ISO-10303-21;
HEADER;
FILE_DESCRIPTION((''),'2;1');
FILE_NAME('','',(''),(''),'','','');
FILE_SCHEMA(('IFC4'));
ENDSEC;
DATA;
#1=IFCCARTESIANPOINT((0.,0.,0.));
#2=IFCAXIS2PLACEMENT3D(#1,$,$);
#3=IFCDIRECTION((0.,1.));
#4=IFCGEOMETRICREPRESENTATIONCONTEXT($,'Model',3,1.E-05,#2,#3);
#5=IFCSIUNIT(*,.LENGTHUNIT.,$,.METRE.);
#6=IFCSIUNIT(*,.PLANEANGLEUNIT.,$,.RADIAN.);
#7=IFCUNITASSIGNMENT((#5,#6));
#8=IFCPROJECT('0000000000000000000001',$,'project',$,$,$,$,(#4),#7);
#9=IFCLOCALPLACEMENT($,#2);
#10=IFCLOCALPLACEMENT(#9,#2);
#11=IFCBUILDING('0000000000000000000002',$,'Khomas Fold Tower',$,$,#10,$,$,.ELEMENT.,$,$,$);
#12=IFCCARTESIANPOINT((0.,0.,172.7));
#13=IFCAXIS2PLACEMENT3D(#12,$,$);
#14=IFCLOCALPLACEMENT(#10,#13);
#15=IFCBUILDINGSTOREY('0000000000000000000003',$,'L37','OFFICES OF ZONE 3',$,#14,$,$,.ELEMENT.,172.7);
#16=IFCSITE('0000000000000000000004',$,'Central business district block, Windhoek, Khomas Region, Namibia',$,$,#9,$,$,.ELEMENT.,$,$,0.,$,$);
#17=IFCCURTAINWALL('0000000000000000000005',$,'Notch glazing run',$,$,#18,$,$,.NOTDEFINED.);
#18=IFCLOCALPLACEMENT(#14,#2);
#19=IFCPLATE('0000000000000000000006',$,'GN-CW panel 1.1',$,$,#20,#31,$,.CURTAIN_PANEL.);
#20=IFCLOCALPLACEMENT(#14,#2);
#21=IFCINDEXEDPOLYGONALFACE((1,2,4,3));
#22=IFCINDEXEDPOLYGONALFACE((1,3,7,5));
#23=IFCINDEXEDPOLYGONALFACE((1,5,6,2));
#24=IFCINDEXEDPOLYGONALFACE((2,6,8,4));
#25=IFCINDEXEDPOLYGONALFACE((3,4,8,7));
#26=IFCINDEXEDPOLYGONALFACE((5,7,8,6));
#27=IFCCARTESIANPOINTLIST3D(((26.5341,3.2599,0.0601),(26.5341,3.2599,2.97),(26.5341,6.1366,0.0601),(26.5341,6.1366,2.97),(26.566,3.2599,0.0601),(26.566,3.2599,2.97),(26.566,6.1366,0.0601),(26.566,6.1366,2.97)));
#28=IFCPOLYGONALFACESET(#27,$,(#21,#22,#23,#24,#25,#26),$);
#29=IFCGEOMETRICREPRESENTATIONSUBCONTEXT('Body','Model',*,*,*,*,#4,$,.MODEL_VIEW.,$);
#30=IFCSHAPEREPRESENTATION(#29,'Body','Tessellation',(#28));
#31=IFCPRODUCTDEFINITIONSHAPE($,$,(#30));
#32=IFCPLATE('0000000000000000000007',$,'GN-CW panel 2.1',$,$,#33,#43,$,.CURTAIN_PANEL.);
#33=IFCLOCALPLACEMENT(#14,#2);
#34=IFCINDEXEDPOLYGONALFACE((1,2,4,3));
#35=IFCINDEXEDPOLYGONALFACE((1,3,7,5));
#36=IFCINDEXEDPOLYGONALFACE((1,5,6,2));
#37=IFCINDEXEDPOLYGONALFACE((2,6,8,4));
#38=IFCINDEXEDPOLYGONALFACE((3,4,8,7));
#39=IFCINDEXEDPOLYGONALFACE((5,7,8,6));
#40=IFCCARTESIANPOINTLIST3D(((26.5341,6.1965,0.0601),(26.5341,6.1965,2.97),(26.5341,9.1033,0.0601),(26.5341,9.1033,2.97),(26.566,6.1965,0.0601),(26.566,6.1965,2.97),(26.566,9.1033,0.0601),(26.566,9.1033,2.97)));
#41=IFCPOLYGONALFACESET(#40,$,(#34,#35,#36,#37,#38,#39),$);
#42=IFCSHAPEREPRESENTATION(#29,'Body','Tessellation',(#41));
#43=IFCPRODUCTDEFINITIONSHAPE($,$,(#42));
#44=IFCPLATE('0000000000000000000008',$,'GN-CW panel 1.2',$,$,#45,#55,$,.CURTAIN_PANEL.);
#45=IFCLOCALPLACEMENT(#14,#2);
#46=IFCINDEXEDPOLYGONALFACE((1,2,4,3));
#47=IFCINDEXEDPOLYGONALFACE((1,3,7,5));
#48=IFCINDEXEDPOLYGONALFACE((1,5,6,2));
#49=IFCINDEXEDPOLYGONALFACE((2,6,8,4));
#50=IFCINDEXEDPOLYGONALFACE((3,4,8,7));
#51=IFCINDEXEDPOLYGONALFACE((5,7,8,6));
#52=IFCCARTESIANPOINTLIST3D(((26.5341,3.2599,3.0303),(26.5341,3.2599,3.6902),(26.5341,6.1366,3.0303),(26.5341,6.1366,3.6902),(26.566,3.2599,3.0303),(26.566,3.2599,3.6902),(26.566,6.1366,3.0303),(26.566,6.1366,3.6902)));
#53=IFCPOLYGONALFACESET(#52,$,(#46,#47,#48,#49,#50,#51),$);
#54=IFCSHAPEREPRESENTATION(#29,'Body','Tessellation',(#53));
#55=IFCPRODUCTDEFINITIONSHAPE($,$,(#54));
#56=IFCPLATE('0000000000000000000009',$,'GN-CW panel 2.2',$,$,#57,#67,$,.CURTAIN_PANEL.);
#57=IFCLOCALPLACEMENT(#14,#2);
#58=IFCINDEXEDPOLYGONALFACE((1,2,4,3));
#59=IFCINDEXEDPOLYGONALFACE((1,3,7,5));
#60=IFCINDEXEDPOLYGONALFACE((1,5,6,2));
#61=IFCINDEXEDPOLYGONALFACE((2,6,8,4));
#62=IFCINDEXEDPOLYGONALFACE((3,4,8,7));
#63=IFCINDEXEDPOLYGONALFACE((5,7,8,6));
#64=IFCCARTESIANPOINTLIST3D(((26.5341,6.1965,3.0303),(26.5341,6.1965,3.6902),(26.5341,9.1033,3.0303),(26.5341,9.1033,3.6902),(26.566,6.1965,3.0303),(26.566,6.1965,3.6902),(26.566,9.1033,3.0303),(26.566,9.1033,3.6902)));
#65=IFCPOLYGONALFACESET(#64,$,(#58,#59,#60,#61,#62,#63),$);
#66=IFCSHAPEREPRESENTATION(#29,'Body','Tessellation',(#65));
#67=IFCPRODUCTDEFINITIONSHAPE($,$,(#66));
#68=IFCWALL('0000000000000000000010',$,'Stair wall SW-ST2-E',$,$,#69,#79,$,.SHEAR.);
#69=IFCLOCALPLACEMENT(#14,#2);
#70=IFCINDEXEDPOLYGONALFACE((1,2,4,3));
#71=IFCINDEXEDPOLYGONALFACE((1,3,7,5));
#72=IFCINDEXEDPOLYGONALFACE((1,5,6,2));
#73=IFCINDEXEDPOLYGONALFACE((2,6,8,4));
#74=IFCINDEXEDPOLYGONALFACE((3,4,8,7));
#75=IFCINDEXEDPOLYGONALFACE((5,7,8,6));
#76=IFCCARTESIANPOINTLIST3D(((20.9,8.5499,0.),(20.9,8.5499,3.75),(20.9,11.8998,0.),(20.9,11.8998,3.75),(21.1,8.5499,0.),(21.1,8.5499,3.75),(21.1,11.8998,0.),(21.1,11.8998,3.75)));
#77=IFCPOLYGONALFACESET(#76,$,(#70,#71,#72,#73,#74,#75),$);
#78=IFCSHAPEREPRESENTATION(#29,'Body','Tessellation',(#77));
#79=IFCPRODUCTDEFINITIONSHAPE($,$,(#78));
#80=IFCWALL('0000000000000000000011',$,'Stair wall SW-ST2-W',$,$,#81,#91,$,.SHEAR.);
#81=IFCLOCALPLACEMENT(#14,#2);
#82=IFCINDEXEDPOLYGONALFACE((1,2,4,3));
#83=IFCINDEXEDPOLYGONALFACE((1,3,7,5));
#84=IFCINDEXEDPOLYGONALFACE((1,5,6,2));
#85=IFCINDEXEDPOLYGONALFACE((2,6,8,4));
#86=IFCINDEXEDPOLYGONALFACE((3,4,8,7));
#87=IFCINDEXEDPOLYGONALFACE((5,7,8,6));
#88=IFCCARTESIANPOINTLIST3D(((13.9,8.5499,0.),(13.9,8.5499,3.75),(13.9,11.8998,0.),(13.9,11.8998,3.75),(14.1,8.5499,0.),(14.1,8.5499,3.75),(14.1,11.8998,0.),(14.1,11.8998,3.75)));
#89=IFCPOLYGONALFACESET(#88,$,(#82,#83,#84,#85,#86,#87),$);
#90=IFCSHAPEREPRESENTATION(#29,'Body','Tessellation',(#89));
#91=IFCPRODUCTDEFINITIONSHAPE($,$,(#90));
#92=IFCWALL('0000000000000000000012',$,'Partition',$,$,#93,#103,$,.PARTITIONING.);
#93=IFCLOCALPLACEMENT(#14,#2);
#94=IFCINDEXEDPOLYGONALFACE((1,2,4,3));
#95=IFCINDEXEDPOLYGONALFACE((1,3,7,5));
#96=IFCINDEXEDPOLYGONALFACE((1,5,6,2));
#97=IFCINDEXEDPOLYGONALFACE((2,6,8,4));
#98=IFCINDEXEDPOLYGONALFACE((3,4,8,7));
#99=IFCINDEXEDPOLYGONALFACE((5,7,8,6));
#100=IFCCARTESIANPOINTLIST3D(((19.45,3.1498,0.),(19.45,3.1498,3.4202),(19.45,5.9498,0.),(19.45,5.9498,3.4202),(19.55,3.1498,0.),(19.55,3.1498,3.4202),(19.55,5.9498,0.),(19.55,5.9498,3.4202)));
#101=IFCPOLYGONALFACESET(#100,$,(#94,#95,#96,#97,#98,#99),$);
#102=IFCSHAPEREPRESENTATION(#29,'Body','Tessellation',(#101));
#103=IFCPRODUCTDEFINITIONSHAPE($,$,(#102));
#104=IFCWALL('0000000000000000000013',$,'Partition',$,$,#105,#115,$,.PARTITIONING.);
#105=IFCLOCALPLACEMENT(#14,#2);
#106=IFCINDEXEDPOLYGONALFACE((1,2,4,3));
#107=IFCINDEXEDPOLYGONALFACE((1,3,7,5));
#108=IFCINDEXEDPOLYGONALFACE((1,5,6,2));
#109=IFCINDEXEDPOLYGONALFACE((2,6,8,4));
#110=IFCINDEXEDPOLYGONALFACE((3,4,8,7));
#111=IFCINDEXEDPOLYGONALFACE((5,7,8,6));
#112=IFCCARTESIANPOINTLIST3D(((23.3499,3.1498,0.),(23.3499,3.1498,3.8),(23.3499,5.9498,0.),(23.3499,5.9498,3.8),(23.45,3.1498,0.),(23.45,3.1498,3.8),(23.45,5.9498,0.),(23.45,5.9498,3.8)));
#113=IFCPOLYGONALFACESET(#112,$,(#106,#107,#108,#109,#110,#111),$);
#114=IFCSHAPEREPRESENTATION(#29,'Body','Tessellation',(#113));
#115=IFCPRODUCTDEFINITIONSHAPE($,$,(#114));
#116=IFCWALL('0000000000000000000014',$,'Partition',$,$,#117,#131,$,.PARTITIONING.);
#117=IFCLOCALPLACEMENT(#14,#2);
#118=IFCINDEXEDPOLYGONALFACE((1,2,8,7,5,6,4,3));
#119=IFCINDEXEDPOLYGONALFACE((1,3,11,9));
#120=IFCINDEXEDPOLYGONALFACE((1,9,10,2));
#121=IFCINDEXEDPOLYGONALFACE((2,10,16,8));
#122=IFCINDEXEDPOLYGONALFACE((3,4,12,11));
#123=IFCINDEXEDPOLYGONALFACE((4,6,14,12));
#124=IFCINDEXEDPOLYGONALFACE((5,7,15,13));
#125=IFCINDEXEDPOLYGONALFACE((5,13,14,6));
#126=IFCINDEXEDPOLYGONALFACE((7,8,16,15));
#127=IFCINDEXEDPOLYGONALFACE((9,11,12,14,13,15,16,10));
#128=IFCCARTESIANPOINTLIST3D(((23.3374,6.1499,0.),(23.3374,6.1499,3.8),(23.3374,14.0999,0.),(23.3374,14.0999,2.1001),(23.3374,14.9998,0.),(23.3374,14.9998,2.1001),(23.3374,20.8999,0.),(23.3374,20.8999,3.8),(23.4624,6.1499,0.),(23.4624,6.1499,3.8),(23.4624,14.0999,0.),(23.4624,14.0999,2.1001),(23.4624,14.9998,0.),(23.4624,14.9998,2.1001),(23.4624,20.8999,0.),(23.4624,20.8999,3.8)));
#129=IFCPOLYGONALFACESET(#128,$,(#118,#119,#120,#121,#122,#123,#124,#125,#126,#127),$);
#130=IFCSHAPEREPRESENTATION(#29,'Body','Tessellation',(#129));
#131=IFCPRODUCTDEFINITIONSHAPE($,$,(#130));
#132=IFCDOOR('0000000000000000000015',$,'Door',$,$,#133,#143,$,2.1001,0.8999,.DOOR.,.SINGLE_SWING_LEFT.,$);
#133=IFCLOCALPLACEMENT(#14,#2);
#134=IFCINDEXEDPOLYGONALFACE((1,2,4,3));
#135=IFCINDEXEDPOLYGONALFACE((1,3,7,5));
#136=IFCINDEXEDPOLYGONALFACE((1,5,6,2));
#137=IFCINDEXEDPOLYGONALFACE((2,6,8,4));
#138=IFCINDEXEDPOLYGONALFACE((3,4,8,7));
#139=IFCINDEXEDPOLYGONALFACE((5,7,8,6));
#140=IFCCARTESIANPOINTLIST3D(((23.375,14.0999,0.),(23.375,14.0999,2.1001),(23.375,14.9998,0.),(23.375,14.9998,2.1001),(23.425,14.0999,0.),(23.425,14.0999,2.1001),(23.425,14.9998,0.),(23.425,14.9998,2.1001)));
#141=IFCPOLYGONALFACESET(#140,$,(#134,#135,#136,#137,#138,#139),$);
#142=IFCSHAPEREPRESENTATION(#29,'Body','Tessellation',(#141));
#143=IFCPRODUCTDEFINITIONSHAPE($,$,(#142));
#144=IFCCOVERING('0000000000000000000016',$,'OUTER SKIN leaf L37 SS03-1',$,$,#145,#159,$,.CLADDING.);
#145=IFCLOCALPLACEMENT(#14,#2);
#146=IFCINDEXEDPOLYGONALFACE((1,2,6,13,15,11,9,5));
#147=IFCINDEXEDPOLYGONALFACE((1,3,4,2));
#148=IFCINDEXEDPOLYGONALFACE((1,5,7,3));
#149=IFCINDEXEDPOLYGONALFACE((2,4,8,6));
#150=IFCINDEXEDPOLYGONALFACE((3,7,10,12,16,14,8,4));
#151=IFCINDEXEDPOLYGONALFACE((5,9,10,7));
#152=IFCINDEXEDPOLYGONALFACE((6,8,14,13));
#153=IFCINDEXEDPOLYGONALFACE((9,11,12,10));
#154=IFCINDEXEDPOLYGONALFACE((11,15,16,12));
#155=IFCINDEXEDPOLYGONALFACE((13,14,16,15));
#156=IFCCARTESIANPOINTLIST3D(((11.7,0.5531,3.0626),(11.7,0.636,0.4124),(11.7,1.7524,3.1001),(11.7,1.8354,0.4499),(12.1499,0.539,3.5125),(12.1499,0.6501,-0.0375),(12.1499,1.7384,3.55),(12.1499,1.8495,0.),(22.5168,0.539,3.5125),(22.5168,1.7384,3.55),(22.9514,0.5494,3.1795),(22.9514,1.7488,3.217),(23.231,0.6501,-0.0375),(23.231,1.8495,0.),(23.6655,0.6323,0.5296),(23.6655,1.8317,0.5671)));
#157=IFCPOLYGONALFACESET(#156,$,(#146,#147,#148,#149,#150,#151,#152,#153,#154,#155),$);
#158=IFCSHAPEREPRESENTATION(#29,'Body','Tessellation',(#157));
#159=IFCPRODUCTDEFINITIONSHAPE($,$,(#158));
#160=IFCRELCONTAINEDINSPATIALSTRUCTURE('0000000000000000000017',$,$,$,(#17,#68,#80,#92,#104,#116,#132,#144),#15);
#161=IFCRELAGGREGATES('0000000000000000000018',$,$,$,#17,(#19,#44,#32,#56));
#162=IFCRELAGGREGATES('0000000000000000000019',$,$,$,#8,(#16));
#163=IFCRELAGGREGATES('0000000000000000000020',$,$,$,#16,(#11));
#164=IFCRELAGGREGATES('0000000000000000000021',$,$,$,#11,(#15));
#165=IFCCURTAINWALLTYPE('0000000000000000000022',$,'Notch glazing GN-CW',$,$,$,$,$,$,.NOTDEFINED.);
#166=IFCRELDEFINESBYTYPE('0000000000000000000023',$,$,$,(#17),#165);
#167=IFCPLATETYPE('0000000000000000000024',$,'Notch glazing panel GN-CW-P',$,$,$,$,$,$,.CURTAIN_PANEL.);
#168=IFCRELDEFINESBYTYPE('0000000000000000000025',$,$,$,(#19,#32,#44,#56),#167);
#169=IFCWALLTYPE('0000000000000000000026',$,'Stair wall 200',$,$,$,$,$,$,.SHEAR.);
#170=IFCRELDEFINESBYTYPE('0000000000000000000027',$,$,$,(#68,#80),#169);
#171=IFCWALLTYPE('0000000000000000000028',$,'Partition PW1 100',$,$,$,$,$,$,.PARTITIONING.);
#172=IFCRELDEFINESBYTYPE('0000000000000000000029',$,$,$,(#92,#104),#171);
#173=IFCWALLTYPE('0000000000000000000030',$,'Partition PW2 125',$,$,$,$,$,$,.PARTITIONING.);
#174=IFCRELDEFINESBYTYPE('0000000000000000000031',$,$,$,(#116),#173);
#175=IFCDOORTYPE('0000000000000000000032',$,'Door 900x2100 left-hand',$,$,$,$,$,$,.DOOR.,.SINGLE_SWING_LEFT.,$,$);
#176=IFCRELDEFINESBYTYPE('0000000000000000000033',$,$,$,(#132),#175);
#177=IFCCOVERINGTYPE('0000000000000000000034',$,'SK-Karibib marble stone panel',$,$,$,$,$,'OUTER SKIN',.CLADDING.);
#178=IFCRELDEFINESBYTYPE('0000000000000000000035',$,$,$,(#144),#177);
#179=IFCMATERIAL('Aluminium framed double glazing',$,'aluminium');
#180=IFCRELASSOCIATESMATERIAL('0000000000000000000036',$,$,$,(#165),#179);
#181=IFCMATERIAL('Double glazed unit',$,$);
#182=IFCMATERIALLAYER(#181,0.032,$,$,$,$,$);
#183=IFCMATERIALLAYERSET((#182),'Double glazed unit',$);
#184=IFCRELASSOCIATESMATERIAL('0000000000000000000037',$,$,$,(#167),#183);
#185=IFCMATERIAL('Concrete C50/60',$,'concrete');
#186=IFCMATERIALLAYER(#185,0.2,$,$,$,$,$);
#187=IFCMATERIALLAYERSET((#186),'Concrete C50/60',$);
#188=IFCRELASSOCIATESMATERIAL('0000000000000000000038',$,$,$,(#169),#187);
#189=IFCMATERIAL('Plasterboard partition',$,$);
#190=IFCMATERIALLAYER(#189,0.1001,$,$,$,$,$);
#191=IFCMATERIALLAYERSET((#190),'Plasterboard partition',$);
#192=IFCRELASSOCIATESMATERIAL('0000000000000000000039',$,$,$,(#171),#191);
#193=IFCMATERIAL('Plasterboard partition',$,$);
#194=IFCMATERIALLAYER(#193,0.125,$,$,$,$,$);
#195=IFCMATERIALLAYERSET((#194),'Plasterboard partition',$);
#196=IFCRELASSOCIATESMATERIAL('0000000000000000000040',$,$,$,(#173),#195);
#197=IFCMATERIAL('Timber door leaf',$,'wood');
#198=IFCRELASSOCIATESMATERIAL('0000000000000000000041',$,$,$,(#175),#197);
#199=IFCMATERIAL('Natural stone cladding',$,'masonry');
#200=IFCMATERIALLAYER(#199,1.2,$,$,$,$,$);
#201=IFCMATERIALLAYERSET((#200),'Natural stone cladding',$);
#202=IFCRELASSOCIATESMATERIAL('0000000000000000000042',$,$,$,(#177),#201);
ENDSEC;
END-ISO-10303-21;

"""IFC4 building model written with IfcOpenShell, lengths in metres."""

from ifc_helpers import new_model, si_unit, direction, frame, frame_2d, origin, origin_2d, place, context, subcontext, project, spatial, polyline, rectangle, outline, extrude, source, transform, mapped, material, layer, layer_set, type_object, element, fill, aggregate, save


model = new_model("IFC4")

# Units and contexts
model_context = context("Model", 3, precision=1e-05, world=origin(), true_north=direction((0.0, 1.0)))
body_context = subcontext(model_context, "Body", "Model", "MODEL_VIEW")
ifc_project = project(units=[si_unit("LENGTHUNIT", "METRE"), si_unit("PLANEANGLEUNIT", "RADIAN")], contexts=[model_context])

# Site, building, storey
site_placement = place(None, origin())
site = spatial("IfcSite", under=ifc_project, at=site_placement, Name="Central business district block, Windhoek, Khomas Region, Namibia", CompositionType="ELEMENT", RefElevation=0.0)
building_placement = place(site_placement, origin())
building = spatial("IfcBuilding", under=site, at=building_placement, Name="Khomas Fold Tower", CompositionType="ELEMENT")
storey_placement = place(building_placement, frame((0.0, 0.0, 172.7)))
storey = spatial("IfcBuildingStorey", under=building, at=storey_placement, Name="L37", Description="OFFICES OF ZONE 3", CompositionType="ELEMENT", Elevation=172.7)

# Curtain wall
ifc_material_1 = material(Name="Aluminium framed double glazing", Category="aluminium")
curtain_wall_type_1 = type_object("IfcCurtainWallType", Name="Notch glazing GN-CW", PredefinedType="NOTDEFINED", material=ifc_material_1)
curtain_wall_1_placement = place(storey_placement, origin())
curtain_wall_1 = element("IfcCurtainWall", 1, at=curtain_wall_1_placement, inside=storey, type_object=curtain_wall_type_1, Name="Notch glazing run", PredefinedType="NOTDEFINED")

# Plates
ifc_material_2 = material(Name="Double glazed unit")
ifc_layer_1 = layer(ifc_material_2, 0.032)
ifc_layer_set_1 = layer_set([ifc_layer_1], Name="Double glazed unit")
plate_type_1 = type_object("IfcPlateType", Name="Notch glazing panel GN-CW-P", PredefinedType="CURTAIN_PANEL", material=ifc_layer_set_1)
shared_shape_1 = source(origin(), body_context, "Body", "SweptSolid", [
    extrude(rectangle(XDim=2.8767, YDim=0.032, at=origin_2d()), origin(), (0.0, 0.0, 1.0), 2.9099),
])
plate_1_placement = place(storey_placement, frame((26.55, 4.6982, 0.0601), z_axis=(0.0, 0.0, 1.0), x_axis=(0.0, 1.0, 0.0)))
plate_1 = element("IfcPlate", 2, at=plate_1_placement, type_object=plate_type_1, Name="GN-CW panel 1.1", PredefinedType="CURTAIN_PANEL", context=body_context, shape_type="MappedRepresentation", body=[
    mapped(shared_shape_1, transform((0.0, 0.0, 0.0))),
])
shared_shape_2 = source(origin(), body_context, "Body", "SweptSolid", [
    extrude(rectangle(XDim=2.9067, YDim=0.032, at=origin_2d()), origin(), (0.0, 0.0, 1.0), 2.9099),
])
plate_2_placement = place(storey_placement, frame((26.55, 7.6499, 0.0601), z_axis=(0.0, 0.0, 1.0), x_axis=(0.0, 1.0, 0.0)))
plate_2 = element("IfcPlate", 3, at=plate_2_placement, type_object=plate_type_1, Name="GN-CW panel 2.1", PredefinedType="CURTAIN_PANEL", context=body_context, shape_type="MappedRepresentation", body=[
    mapped(shared_shape_2, transform((0.0, 0.0, 0.0))),
])
shared_shape_3 = source(origin(), body_context, "Body", "SweptSolid", [
    extrude(rectangle(XDim=2.8767, YDim=0.032, at=origin_2d()), origin(), (0.0, 0.0, 1.0), 0.6599),
])
plate_3_placement = place(storey_placement, frame((26.55, 4.6982, 3.0303), z_axis=(0.0, 0.0, 1.0), x_axis=(0.0, 1.0, 0.0)))
plate_3 = element("IfcPlate", 4, at=plate_3_placement, type_object=plate_type_1, Name="GN-CW panel 1.2", PredefinedType="CURTAIN_PANEL", context=body_context, shape_type="MappedRepresentation", body=[
    mapped(shared_shape_3, transform((0.0, 0.0, 0.0))),
])
shared_shape_4 = source(origin(), body_context, "Body", "SweptSolid", [
    extrude(rectangle(XDim=2.9067, YDim=0.032, at=origin_2d()), origin(), (0.0, 0.0, 1.0), 0.6599),
])
plate_4_placement = place(storey_placement, frame((26.55, 7.6499, 3.0303), z_axis=(0.0, 0.0, 1.0), x_axis=(0.0, 1.0, 0.0)))
plate_4 = element("IfcPlate", 5, at=plate_4_placement, type_object=plate_type_1, Name="GN-CW panel 2.2", PredefinedType="CURTAIN_PANEL", context=body_context, shape_type="MappedRepresentation", body=[
    mapped(shared_shape_4, transform((0.0, 0.0, 0.0))),
])
aggregate(curtain_wall_1, [plate_1, plate_3, plate_2, plate_4])

# Walls
ifc_material_3 = material(Name="Concrete C50/60", Category="concrete")
ifc_layer_2 = layer(ifc_material_3, 0.2)
ifc_layer_set_2 = layer_set([ifc_layer_2], Name="Concrete C50/60")
wall_type_1 = type_object("IfcWallType", Name="Stair wall 200", PredefinedType="SHEAR", material=ifc_layer_set_2)
shared_shape_5 = source(origin(), body_context, "Body", "SweptSolid", [
    extrude(rectangle(XDim=3.3499, YDim=0.2, at=frame_2d((1.6748, 0.0))), origin(), (0.0, 0.0, 1.0), 3.75),
])
for number, where, z_axis, x_axis, name in (
    (6, (21.0, 8.55, 0.0), (0.0, 0.0, 1.0), (0.0, 1.0, 0.0), "Stair wall SW-ST2-E"),
    (7, (14.0, 8.55, 0.0), (0.0, 0.0, 1.0), (0.0, 1.0, 0.0), "Stair wall SW-ST2-W"),
):
    element("IfcWall", number, at=place(storey_placement, frame(where, z_axis=z_axis, x_axis=x_axis)), inside=storey, type_object=wall_type_1, Name=name, PredefinedType="SHEAR", context=body_context, shape_type="MappedRepresentation", body=[
        mapped(shared_shape_5, transform((0.0, 0.0, 0.0))),
    ])
ifc_material_4 = material(Name="Plasterboard partition")
ifc_layer_3 = layer(ifc_material_4, 0.1001)
ifc_layer_set_3 = layer_set([ifc_layer_3], Name="Plasterboard partition")
wall_type_2 = type_object("IfcWallType", Name="Partition PW1 100", PredefinedType="PARTITIONING", material=ifc_layer_set_3)
shared_shape_6 = source(origin(), body_context, "Body", "SweptSolid", [
    extrude(rectangle(XDim=2.8, YDim=0.1001, at=frame_2d((1.3999, 0.0))), origin(), (0.0, 0.0, 1.0), 3.4202),
])
wall_1_placement = place(storey_placement, frame((19.5, 3.1499, 0.0), z_axis=(0.0, 0.0, 1.0), x_axis=(0.0, 1.0, 0.0)))
element("IfcWall", 8, at=wall_1_placement, inside=storey, type_object=wall_type_2, Name="Partition", PredefinedType="PARTITIONING", context=body_context, shape_type="MappedRepresentation", body=[
    mapped(shared_shape_6, transform((0.0, 0.0, 0.0))),
])
shared_shape_7 = source(origin(), body_context, "Body", "SweptSolid", [
    extrude(rectangle(XDim=2.8, YDim=0.1001, at=frame_2d((1.3999, 0.0))), origin(), (0.0, 0.0, 1.0), 3.8),
])
wall_2_placement = place(storey_placement, frame((23.3999, 3.1499, 0.0), z_axis=(0.0, 0.0, 1.0), x_axis=(0.0, 1.0, 0.0)))
element("IfcWall", 9, at=wall_2_placement, inside=storey, type_object=wall_type_2, Name="Partition", PredefinedType="PARTITIONING", context=body_context, shape_type="MappedRepresentation", body=[
    mapped(shared_shape_7, transform((0.0, 0.0, 0.0))),
])

# Wall, opening, door
ifc_material_5 = material(Name="Plasterboard partition")
ifc_layer_4 = layer(ifc_material_5, 0.125)
ifc_layer_set_4 = layer_set([ifc_layer_4], Name="Plasterboard partition")
wall_type_3 = type_object("IfcWallType", Name="Partition PW2 125", PredefinedType="PARTITIONING", material=ifc_layer_set_4)
shared_shape_8 = source(origin(), body_context, "Body", "SweptSolid", [
    extrude(rectangle(XDim=14.75, YDim=0.125, at=frame_2d((7.375, 0.0))), origin(), (0.0, 0.0, 1.0), 3.8),
])
wall_3_placement = place(storey_placement, frame((23.3999, 6.1499, 0.0), z_axis=(0.0, 0.0, 1.0), x_axis=(0.0, 1.0, 0.0)))
wall_3 = element("IfcWall", 10, at=wall_3_placement, inside=storey, type_object=wall_type_3, Name="Partition", PredefinedType="PARTITIONING", context=body_context, shape_type="MappedRepresentation", body=[
    mapped(shared_shape_8, transform((0.0, 0.0, 0.0))),
])
shared_shape_9 = source(origin(), body_context, "Body", "SweptSolid", [
    extrude(rectangle(XDim=0.8999, YDim=2.1001, at=frame_2d((0.45, 1.05))), frame((0.0, 0.0725, 0.0), z_axis=(0.0, -1.0, 0.0), x_axis=(1.0, 0.0, 0.0)), (0.0, 0.0, 1.0), 0.145),
])
opening_placement = place(wall_3_placement, frame((7.95, 0.0, 0.0)))
opening = element("IfcOpeningElement", 11, at=opening_placement, cuts=wall_3, PredefinedType="OPENING", context=body_context, shape_type="MappedRepresentation", body=[
    mapped(shared_shape_9, transform((0.0, 0.0, 0.0))),
])
ifc_material_6 = material(Name="Timber door leaf", Category="wood")
door_type = type_object("IfcDoorType", Name="Door 900x2100 left-hand", OperationType="SINGLE_SWING_LEFT", PredefinedType="DOOR", material=ifc_material_6)
shared_shape_10 = source(origin(), body_context, "Body", "SweptSolid", [
    extrude(rectangle(XDim=0.8999, YDim=2.1001, at=frame_2d((0.45, 1.05))), frame((0.0, 0.0249, 0.0), z_axis=(0.0, -1.0, 0.0), x_axis=(1.0, 0.0, 0.0)), (0.0, 0.0, 1.0), 0.05),
])
door_placement = place(opening_placement, origin())
door = element("IfcDoor", 12, at=door_placement, inside=storey, type_object=door_type, Name="Door", OperationType="SINGLE_SWING_LEFT", OverallHeight=2.1001, OverallWidth=0.8999, PredefinedType="DOOR", context=body_context, shape_type="MappedRepresentation", body=[
    mapped(shared_shape_10, transform((0.0, 0.0, 0.0))),
])
fill(opening, door)

# Covering
ifc_material_7 = material(Name="Natural stone cladding", Category="masonry")
ifc_layer_5 = layer(ifc_material_7, 1.2)
ifc_layer_set_5 = layer_set([ifc_layer_5], Name="Natural stone cladding")
covering_type = type_object("IfcCoveringType", Name="SK-Karibib marble stone panel", ElementType="OUTER SKIN", PredefinedType="CLADDING", material=ifc_layer_set_5)
covering_placement = place(storey_placement, frame((22.9514, 1.7488, 3.217), z_axis=(0.0, 0.999511, 0.031279), x_axis=(0.260084, 0.030202, -0.965113)))
element("IfcCovering", 13, at=covering_placement, inside=storey, type_object=covering_type, Name="OUTER SKIN leaf L37 SS03-1", PredefinedType="CLADDING", context=body_context, shape_type="SweptSolid", body=[
    extrude(outline(polyline([(0.0, 0.0), (2.7457, 0.0), (3.1806, 0.5672), (0.2986, 11.2669), (-0.2532, 11.5843), (-2.8134, 10.8947), (-3.131, 10.3431), (-0.4347, 0.333), (0.0, 0.0)])), origin(), (0.0, 0.0, -1.0), 1.2),
])

save(model, "model.ifc")
